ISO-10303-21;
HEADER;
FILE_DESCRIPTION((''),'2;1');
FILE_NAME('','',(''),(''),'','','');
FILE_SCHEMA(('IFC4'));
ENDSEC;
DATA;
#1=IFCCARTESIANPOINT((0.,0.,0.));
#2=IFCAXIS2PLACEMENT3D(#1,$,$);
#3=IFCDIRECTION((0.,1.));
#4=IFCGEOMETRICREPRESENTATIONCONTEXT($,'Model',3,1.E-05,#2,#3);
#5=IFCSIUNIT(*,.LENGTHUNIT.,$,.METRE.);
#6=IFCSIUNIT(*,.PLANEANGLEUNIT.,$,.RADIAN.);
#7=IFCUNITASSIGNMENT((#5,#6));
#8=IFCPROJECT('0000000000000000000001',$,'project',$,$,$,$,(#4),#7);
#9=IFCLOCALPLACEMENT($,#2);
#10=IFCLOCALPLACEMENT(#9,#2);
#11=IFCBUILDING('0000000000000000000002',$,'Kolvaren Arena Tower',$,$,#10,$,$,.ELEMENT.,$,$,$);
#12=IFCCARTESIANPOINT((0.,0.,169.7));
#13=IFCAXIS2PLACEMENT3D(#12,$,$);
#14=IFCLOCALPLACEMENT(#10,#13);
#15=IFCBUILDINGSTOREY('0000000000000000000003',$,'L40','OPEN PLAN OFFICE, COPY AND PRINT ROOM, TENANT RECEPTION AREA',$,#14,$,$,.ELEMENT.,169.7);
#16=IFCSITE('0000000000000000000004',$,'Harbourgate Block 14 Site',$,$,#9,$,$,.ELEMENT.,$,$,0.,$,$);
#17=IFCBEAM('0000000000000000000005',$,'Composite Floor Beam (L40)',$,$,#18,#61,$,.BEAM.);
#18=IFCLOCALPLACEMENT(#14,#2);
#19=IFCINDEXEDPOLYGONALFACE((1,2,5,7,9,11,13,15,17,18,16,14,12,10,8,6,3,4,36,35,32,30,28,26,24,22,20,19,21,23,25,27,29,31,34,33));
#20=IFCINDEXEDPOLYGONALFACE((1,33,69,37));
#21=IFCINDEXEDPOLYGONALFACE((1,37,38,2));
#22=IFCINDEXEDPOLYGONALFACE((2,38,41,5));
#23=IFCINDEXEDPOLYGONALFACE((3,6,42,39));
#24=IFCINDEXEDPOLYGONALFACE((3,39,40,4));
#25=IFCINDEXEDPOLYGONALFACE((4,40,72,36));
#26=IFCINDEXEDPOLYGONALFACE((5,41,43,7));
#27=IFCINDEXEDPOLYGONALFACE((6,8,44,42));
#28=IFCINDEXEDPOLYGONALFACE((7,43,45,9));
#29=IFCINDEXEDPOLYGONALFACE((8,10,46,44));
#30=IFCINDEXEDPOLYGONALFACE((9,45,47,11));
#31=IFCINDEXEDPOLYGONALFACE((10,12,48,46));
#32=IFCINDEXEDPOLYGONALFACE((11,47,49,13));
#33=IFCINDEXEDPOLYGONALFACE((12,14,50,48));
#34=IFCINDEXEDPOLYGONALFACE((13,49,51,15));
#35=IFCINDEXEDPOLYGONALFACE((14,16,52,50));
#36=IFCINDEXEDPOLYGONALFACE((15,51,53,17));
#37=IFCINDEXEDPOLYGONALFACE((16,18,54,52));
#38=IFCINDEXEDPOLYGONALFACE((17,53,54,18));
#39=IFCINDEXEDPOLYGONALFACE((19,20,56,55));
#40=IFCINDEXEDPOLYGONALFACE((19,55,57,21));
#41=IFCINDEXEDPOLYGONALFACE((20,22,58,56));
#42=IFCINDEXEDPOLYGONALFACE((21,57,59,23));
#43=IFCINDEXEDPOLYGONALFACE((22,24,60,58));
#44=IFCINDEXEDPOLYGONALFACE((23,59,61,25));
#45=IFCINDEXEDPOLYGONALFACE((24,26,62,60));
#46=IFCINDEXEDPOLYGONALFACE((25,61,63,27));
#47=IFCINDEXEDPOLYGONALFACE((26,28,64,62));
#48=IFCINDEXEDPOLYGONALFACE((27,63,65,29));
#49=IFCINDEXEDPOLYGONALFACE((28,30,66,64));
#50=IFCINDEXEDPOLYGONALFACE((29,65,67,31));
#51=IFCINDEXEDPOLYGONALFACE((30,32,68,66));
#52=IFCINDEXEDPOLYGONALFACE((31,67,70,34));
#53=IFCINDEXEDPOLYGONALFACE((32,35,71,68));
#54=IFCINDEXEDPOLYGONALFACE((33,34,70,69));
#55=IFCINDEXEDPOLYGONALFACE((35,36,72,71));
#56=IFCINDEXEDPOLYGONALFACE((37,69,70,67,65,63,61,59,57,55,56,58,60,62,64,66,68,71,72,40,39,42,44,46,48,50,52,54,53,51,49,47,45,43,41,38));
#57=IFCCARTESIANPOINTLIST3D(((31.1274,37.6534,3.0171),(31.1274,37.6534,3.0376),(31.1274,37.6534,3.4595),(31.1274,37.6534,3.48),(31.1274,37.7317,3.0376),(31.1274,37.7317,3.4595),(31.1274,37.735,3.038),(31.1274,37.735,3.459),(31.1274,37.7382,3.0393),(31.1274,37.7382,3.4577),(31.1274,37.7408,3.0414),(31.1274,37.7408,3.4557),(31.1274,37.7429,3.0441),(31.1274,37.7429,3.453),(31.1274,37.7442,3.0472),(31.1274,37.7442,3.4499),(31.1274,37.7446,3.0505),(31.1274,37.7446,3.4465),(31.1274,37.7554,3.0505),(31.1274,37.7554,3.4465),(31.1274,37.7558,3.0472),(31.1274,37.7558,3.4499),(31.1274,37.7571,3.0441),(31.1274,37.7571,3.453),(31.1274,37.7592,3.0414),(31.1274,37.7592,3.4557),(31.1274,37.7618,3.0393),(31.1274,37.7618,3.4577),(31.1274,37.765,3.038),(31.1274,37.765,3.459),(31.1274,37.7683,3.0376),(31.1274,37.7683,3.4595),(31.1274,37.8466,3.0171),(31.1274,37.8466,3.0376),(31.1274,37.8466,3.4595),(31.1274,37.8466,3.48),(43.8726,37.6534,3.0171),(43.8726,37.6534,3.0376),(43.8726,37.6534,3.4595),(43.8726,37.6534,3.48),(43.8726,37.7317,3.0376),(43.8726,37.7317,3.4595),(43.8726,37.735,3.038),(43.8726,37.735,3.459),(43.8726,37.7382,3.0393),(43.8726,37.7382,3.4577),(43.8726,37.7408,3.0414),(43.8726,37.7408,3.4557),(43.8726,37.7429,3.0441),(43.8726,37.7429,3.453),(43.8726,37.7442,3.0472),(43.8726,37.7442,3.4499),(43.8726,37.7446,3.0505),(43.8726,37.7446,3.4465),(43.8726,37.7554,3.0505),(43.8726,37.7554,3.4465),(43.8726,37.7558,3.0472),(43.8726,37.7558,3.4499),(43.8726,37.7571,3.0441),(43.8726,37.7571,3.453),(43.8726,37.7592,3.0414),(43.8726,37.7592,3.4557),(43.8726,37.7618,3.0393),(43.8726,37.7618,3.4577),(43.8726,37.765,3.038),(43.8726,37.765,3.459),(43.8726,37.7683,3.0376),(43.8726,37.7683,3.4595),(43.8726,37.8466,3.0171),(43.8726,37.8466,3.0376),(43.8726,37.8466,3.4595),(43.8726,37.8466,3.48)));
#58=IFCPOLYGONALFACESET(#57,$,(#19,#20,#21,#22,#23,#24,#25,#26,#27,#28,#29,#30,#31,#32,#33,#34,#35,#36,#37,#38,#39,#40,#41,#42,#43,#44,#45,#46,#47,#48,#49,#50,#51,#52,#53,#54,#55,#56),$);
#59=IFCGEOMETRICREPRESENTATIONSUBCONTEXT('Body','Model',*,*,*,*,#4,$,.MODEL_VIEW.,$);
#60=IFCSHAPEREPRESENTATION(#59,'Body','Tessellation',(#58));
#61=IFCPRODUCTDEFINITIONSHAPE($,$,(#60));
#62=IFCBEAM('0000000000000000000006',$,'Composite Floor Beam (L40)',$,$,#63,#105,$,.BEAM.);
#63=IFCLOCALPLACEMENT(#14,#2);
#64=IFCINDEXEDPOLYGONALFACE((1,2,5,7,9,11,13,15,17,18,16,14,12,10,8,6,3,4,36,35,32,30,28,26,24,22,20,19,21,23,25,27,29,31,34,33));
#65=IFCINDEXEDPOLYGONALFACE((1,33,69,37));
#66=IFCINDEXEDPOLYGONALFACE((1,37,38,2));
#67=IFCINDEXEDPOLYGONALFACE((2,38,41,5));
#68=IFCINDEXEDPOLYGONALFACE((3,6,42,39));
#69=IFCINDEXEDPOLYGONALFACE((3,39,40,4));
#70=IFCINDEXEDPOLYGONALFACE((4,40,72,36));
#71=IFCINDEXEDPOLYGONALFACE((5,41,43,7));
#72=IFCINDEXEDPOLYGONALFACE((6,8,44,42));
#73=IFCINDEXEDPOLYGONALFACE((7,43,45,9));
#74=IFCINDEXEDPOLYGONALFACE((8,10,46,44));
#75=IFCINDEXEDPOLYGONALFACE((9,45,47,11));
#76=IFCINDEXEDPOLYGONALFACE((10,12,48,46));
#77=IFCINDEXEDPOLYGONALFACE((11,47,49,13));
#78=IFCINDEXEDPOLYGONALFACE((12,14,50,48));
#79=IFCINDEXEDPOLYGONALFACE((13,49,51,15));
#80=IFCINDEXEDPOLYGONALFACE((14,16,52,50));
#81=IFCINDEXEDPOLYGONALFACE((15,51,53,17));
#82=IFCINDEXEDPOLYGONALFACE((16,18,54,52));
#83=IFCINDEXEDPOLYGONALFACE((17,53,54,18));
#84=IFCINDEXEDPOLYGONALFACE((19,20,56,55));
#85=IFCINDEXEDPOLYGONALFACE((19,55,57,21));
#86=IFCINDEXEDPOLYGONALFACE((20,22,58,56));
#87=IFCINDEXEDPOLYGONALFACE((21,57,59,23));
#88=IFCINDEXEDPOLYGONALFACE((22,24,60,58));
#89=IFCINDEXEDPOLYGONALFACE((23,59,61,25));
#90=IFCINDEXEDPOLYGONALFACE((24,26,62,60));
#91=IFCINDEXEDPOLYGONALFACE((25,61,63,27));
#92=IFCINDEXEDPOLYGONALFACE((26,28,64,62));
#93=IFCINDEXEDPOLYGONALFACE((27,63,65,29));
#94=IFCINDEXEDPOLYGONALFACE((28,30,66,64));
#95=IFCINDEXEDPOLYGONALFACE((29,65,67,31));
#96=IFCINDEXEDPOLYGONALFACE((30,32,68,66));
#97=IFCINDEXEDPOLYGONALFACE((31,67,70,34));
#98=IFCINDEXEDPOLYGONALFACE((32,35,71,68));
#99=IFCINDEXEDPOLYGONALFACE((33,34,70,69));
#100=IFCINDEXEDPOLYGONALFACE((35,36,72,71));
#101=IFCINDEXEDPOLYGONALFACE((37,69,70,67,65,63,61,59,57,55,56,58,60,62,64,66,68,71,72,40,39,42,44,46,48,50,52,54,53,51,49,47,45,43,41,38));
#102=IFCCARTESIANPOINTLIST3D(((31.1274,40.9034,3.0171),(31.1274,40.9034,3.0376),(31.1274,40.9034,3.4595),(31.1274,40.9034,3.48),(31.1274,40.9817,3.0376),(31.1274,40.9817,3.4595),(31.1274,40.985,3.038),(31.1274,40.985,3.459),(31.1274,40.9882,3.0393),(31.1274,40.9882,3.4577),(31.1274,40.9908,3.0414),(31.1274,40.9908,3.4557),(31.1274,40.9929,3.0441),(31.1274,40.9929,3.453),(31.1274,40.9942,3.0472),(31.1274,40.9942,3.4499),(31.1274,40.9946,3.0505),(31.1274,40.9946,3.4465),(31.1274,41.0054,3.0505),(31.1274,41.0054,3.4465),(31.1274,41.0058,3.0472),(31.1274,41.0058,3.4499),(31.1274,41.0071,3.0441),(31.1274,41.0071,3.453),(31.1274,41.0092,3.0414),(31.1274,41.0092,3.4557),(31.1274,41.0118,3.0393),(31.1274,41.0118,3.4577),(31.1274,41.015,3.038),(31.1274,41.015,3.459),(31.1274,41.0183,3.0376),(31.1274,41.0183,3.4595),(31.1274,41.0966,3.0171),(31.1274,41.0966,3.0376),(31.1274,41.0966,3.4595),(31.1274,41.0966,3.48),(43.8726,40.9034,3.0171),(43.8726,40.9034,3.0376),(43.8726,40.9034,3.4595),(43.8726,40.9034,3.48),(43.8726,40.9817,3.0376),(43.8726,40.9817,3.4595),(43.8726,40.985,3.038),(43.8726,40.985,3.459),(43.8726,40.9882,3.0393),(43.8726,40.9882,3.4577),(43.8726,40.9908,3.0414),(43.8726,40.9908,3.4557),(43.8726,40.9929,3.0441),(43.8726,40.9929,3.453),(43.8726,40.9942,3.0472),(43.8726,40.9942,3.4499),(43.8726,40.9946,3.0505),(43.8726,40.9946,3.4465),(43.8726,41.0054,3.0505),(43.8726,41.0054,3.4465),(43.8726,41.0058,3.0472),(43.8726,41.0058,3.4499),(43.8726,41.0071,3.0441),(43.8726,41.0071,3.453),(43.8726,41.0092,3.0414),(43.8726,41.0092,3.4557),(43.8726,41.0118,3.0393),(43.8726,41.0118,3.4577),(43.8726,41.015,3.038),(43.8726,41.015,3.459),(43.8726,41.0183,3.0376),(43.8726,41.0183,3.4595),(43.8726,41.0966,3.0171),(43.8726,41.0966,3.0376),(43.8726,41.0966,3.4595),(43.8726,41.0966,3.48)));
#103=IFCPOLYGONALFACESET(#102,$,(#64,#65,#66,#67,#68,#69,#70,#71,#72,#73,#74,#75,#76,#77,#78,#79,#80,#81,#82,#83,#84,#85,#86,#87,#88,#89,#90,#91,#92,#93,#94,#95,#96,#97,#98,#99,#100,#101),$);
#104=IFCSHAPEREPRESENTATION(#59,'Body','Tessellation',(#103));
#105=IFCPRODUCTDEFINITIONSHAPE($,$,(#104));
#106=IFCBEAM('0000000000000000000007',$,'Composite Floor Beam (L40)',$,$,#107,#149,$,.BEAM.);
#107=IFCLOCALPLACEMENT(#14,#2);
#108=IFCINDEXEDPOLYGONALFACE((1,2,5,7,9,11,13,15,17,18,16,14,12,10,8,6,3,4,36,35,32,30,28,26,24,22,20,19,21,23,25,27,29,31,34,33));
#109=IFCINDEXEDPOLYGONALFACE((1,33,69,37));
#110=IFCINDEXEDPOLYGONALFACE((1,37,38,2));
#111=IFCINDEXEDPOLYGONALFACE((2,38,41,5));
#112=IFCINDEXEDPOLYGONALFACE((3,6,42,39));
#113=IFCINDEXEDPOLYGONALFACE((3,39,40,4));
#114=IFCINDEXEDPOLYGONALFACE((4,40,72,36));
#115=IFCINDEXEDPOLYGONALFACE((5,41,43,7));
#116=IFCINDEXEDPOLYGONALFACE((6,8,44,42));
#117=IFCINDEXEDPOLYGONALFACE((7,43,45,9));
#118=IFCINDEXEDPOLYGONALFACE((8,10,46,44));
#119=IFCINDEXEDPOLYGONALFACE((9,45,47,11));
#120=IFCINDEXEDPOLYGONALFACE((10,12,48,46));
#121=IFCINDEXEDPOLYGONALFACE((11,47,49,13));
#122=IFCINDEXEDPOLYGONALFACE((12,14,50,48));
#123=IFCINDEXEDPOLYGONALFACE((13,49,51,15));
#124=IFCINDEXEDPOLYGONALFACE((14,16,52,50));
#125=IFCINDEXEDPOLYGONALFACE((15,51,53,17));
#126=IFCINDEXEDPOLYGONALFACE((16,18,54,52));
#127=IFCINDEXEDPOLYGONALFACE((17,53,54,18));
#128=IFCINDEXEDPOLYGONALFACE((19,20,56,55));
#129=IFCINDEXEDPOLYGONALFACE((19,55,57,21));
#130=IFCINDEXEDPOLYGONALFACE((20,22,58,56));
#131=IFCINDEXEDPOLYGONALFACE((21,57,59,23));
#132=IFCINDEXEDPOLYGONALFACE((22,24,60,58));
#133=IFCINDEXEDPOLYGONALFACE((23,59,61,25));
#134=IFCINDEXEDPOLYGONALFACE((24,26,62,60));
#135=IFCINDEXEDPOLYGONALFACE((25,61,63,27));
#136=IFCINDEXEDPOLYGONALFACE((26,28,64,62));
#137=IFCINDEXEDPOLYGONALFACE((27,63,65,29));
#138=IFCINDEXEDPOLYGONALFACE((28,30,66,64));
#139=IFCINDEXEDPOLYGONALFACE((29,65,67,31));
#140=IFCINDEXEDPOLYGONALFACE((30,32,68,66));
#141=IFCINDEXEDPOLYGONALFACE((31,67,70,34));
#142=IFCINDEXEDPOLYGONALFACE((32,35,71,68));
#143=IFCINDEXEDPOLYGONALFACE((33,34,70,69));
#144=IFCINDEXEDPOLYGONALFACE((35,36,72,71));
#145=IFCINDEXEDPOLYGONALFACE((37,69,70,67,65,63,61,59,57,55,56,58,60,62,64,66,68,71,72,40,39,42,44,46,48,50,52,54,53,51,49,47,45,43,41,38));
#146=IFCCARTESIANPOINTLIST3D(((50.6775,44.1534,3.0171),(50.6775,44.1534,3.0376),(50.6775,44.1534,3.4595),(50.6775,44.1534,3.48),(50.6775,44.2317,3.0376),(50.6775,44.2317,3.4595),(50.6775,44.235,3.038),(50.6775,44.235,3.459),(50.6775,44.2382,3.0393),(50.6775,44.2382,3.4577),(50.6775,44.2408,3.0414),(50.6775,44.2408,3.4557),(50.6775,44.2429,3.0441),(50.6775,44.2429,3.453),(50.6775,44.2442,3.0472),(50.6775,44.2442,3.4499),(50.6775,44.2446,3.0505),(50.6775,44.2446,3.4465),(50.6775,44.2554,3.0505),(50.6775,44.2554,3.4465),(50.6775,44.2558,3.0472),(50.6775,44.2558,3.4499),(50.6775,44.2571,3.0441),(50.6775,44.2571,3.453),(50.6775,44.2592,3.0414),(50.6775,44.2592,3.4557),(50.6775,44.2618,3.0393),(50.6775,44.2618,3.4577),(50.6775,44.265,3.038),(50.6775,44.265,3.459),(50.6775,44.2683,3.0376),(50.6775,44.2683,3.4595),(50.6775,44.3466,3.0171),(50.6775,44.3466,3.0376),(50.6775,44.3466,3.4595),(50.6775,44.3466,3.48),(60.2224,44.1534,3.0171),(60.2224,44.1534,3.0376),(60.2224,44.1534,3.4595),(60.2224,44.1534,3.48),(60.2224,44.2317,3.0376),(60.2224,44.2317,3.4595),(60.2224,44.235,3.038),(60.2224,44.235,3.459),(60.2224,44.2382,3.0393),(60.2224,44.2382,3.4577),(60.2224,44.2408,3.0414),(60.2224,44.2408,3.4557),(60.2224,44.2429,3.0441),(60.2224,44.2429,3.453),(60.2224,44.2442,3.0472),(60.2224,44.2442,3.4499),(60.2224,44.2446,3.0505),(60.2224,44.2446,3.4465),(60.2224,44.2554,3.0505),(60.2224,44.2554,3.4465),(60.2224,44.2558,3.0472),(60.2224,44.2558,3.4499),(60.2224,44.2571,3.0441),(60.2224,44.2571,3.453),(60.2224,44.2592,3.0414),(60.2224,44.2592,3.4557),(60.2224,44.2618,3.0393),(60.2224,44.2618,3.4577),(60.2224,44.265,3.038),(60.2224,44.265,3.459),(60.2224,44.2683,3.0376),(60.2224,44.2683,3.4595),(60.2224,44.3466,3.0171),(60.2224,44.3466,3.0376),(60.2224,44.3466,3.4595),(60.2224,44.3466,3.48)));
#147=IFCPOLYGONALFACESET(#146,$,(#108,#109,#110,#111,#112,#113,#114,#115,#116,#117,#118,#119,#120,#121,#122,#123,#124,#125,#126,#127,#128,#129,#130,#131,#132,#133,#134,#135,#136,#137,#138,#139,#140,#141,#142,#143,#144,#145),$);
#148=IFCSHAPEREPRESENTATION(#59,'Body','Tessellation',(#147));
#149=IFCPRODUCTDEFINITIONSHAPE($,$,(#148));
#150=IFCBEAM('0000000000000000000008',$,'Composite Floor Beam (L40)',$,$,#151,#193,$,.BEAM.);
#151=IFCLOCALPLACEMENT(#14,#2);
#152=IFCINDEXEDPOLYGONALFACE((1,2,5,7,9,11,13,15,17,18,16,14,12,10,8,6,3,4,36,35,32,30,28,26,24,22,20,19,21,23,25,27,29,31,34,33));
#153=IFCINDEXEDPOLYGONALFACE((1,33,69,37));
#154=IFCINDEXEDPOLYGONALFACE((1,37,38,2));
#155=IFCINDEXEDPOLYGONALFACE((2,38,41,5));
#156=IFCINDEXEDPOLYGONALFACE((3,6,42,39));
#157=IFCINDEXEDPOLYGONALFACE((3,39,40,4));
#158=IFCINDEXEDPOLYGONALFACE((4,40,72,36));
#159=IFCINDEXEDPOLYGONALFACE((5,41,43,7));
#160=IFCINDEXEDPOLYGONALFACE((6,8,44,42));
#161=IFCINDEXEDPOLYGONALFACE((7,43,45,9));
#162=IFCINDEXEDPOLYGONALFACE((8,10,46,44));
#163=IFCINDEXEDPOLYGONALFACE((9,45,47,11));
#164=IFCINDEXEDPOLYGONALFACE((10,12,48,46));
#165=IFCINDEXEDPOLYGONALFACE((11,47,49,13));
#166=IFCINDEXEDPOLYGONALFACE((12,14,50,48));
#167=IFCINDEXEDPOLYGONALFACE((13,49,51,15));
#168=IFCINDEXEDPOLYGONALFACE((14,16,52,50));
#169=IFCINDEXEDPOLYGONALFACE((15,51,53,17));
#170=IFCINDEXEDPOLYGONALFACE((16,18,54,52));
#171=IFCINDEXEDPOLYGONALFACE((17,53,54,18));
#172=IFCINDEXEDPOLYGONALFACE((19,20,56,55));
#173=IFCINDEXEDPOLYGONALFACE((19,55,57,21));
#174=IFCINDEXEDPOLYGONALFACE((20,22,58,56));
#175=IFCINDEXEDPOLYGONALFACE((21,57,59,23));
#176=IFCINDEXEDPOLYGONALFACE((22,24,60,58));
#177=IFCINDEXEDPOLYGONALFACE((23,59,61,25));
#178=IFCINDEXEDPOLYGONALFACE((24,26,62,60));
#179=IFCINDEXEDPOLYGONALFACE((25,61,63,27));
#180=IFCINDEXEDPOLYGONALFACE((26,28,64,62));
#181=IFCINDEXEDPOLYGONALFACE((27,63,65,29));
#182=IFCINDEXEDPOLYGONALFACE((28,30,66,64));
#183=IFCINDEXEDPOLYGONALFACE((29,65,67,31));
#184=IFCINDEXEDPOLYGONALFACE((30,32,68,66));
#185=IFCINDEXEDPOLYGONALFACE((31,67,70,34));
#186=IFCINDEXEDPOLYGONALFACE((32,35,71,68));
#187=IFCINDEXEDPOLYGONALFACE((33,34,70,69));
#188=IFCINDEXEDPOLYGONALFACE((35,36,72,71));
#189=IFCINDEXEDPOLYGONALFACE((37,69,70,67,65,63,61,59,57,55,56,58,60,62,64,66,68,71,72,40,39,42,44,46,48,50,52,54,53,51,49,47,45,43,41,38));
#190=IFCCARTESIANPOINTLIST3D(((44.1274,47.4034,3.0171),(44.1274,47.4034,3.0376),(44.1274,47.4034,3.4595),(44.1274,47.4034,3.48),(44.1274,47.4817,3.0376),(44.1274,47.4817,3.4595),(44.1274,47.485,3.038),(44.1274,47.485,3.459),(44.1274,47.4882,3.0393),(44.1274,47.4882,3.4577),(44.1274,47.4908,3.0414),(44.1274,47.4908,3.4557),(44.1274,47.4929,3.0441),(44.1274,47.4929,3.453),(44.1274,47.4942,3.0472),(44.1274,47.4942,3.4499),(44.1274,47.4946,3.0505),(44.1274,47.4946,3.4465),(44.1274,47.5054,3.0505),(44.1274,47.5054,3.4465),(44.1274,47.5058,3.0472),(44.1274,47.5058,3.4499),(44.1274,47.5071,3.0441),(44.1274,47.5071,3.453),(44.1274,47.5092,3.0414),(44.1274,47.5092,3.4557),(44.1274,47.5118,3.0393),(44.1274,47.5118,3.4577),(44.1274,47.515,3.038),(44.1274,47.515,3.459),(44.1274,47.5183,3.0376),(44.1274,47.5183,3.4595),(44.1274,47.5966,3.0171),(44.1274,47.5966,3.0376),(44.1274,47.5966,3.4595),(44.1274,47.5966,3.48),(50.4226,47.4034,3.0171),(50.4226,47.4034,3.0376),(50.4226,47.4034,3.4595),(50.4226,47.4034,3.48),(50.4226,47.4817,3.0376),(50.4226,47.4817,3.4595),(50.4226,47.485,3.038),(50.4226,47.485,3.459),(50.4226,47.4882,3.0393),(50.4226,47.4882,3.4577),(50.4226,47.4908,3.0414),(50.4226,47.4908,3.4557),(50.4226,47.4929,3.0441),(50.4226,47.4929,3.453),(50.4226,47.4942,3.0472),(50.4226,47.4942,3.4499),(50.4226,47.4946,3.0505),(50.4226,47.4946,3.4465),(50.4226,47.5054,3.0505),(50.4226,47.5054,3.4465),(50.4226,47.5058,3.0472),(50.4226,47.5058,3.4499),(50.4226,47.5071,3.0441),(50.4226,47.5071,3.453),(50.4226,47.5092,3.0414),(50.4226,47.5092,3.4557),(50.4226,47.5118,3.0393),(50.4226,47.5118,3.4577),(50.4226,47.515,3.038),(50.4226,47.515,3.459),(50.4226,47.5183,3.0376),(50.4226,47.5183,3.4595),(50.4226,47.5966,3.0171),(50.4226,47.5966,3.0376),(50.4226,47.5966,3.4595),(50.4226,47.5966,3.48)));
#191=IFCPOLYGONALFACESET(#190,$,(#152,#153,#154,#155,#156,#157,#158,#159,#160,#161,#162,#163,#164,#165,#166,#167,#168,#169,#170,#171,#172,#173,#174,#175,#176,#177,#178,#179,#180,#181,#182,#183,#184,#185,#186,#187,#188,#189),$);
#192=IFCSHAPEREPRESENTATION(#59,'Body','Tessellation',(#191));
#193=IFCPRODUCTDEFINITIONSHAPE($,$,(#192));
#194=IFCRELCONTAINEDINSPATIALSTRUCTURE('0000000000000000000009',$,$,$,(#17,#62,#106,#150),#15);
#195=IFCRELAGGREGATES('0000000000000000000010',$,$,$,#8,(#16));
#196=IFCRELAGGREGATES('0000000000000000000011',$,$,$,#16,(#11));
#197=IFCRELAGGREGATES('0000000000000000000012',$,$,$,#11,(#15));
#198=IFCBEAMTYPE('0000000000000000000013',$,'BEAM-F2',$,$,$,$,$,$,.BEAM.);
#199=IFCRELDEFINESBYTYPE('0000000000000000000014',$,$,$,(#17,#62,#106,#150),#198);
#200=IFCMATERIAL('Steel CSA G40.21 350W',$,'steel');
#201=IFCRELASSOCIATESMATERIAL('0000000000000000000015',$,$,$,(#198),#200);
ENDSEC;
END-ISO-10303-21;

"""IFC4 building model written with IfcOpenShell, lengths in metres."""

from ifc_helpers import new_model, si_unit, direction, frame, origin, origin_2d, place, context, subcontext, project, spatial, i_section, extrude, material, material_profile, profile_set, type_object, element, save


model = new_model("IFC4")

# Units and contexts
model_context = context("Model", 3, precision=1e-05, world=origin(), true_north=direction((0.0, 1.0)))
body_context = subcontext(model_context, "Body", "Model", "MODEL_VIEW")
ifc_project = project(units=[si_unit("LENGTHUNIT", "METRE"), si_unit("PLANEANGLEUNIT", "RADIAN")], contexts=[model_context])

# Site, building, storey
site_placement = place(None, origin())
site = spatial("IfcSite", under=ifc_project, at=site_placement, Name="Harbourgate Block 14 Site", CompositionType="ELEMENT", RefElevation=0.0)
building_placement = place(site_placement, origin())
building = spatial("IfcBuilding", under=site, at=building_placement, Name="Kolvaren Arena Tower", CompositionType="ELEMENT")
storey_placement = place(building_placement, frame((0.0, 0.0, 169.7)))
storey = spatial("IfcBuildingStorey", under=building, at=storey_placement, Name="L40", Description="OPEN PLAN OFFICE, COPY AND PRINT ROOM, TENANT RECEPTION AREA", CompositionType="ELEMENT", Elevation=169.7)

# Beams
ifc_material_1 = material(Name="Steel CSA G40.21 350W", Category="steel")
ifc_material_profile_1 = material_profile(ifc_material_1, i_section(OverallWidth=0.1931, OverallDepth=0.4629, WebThickness=0.0107, FlangeThickness=0.0205, FilletRadius=0.0129, at=origin_2d()), Name="W460x113")
ifc_profile_set_1 = profile_set([ifc_material_profile_1], Name="Steel CSA G40.21 350W")
beam_type_1 = type_object("IfcBeamType", Name="BEAM-F2", PredefinedType="BEAM", material=ifc_profile_set_1)
for number, where, z_axis, x_axis, name in (
    (1, (31.1274, 37.75, 3.2485), (1.0, 0.0, 0.0), (0.0, 1.0, 0.0), "Composite Floor Beam (L40)"),
    (2, (31.1274, 41.0, 3.2485), (1.0, 0.0, 0.0), (0.0, 1.0, 0.0), "Composite Floor Beam (L40)"),
):
    element("IfcBeam", number, at=place(storey_placement, frame(where, z_axis=z_axis, x_axis=x_axis)), inside=storey, type_object=beam_type_1, Name=name, PredefinedType="BEAM", context=body_context, shape_type="SweptSolid", body=[
        extrude(i_section(OverallWidth=0.1931, OverallDepth=0.4629, WebThickness=0.0107, FlangeThickness=0.0205, FilletRadius=0.0129, at=origin_2d()), origin(), (0.0, 0.0, 1.0), 12.7451),
    ])
beam_1_placement = place(storey_placement, frame((50.6775, 44.25, 3.2485), z_axis=(1.0, 0.0, 0.0), x_axis=(0.0, 1.0, 0.0)))
element("IfcBeam", 3, at=beam_1_placement, inside=storey, type_object=beam_type_1, Name="Composite Floor Beam (L40)", PredefinedType="BEAM", context=body_context, shape_type="SweptSolid", body=[
    extrude(i_section(OverallWidth=0.1931, OverallDepth=0.4629, WebThickness=0.0107, FlangeThickness=0.0205, FilletRadius=0.0129, at=origin_2d()), origin(), (0.0, 0.0, 1.0), 9.5449),
])
beam_2_placement = place(storey_placement, frame((44.1274, 47.5, 3.2485), z_axis=(1.0, 0.0, 0.0), x_axis=(0.0, 1.0, 0.0)))
element("IfcBeam", 4, at=beam_2_placement, inside=storey, type_object=beam_type_1, Name="Composite Floor Beam (L40)", PredefinedType="BEAM", context=body_context, shape_type="SweptSolid", body=[
    extrude(i_section(OverallWidth=0.1931, OverallDepth=0.4629, WebThickness=0.0107, FlangeThickness=0.0205, FilletRadius=0.0129, at=origin_2d()), origin(), (0.0, 0.0, 1.0), 6.2952),
])

save(model, "model.ifc")
